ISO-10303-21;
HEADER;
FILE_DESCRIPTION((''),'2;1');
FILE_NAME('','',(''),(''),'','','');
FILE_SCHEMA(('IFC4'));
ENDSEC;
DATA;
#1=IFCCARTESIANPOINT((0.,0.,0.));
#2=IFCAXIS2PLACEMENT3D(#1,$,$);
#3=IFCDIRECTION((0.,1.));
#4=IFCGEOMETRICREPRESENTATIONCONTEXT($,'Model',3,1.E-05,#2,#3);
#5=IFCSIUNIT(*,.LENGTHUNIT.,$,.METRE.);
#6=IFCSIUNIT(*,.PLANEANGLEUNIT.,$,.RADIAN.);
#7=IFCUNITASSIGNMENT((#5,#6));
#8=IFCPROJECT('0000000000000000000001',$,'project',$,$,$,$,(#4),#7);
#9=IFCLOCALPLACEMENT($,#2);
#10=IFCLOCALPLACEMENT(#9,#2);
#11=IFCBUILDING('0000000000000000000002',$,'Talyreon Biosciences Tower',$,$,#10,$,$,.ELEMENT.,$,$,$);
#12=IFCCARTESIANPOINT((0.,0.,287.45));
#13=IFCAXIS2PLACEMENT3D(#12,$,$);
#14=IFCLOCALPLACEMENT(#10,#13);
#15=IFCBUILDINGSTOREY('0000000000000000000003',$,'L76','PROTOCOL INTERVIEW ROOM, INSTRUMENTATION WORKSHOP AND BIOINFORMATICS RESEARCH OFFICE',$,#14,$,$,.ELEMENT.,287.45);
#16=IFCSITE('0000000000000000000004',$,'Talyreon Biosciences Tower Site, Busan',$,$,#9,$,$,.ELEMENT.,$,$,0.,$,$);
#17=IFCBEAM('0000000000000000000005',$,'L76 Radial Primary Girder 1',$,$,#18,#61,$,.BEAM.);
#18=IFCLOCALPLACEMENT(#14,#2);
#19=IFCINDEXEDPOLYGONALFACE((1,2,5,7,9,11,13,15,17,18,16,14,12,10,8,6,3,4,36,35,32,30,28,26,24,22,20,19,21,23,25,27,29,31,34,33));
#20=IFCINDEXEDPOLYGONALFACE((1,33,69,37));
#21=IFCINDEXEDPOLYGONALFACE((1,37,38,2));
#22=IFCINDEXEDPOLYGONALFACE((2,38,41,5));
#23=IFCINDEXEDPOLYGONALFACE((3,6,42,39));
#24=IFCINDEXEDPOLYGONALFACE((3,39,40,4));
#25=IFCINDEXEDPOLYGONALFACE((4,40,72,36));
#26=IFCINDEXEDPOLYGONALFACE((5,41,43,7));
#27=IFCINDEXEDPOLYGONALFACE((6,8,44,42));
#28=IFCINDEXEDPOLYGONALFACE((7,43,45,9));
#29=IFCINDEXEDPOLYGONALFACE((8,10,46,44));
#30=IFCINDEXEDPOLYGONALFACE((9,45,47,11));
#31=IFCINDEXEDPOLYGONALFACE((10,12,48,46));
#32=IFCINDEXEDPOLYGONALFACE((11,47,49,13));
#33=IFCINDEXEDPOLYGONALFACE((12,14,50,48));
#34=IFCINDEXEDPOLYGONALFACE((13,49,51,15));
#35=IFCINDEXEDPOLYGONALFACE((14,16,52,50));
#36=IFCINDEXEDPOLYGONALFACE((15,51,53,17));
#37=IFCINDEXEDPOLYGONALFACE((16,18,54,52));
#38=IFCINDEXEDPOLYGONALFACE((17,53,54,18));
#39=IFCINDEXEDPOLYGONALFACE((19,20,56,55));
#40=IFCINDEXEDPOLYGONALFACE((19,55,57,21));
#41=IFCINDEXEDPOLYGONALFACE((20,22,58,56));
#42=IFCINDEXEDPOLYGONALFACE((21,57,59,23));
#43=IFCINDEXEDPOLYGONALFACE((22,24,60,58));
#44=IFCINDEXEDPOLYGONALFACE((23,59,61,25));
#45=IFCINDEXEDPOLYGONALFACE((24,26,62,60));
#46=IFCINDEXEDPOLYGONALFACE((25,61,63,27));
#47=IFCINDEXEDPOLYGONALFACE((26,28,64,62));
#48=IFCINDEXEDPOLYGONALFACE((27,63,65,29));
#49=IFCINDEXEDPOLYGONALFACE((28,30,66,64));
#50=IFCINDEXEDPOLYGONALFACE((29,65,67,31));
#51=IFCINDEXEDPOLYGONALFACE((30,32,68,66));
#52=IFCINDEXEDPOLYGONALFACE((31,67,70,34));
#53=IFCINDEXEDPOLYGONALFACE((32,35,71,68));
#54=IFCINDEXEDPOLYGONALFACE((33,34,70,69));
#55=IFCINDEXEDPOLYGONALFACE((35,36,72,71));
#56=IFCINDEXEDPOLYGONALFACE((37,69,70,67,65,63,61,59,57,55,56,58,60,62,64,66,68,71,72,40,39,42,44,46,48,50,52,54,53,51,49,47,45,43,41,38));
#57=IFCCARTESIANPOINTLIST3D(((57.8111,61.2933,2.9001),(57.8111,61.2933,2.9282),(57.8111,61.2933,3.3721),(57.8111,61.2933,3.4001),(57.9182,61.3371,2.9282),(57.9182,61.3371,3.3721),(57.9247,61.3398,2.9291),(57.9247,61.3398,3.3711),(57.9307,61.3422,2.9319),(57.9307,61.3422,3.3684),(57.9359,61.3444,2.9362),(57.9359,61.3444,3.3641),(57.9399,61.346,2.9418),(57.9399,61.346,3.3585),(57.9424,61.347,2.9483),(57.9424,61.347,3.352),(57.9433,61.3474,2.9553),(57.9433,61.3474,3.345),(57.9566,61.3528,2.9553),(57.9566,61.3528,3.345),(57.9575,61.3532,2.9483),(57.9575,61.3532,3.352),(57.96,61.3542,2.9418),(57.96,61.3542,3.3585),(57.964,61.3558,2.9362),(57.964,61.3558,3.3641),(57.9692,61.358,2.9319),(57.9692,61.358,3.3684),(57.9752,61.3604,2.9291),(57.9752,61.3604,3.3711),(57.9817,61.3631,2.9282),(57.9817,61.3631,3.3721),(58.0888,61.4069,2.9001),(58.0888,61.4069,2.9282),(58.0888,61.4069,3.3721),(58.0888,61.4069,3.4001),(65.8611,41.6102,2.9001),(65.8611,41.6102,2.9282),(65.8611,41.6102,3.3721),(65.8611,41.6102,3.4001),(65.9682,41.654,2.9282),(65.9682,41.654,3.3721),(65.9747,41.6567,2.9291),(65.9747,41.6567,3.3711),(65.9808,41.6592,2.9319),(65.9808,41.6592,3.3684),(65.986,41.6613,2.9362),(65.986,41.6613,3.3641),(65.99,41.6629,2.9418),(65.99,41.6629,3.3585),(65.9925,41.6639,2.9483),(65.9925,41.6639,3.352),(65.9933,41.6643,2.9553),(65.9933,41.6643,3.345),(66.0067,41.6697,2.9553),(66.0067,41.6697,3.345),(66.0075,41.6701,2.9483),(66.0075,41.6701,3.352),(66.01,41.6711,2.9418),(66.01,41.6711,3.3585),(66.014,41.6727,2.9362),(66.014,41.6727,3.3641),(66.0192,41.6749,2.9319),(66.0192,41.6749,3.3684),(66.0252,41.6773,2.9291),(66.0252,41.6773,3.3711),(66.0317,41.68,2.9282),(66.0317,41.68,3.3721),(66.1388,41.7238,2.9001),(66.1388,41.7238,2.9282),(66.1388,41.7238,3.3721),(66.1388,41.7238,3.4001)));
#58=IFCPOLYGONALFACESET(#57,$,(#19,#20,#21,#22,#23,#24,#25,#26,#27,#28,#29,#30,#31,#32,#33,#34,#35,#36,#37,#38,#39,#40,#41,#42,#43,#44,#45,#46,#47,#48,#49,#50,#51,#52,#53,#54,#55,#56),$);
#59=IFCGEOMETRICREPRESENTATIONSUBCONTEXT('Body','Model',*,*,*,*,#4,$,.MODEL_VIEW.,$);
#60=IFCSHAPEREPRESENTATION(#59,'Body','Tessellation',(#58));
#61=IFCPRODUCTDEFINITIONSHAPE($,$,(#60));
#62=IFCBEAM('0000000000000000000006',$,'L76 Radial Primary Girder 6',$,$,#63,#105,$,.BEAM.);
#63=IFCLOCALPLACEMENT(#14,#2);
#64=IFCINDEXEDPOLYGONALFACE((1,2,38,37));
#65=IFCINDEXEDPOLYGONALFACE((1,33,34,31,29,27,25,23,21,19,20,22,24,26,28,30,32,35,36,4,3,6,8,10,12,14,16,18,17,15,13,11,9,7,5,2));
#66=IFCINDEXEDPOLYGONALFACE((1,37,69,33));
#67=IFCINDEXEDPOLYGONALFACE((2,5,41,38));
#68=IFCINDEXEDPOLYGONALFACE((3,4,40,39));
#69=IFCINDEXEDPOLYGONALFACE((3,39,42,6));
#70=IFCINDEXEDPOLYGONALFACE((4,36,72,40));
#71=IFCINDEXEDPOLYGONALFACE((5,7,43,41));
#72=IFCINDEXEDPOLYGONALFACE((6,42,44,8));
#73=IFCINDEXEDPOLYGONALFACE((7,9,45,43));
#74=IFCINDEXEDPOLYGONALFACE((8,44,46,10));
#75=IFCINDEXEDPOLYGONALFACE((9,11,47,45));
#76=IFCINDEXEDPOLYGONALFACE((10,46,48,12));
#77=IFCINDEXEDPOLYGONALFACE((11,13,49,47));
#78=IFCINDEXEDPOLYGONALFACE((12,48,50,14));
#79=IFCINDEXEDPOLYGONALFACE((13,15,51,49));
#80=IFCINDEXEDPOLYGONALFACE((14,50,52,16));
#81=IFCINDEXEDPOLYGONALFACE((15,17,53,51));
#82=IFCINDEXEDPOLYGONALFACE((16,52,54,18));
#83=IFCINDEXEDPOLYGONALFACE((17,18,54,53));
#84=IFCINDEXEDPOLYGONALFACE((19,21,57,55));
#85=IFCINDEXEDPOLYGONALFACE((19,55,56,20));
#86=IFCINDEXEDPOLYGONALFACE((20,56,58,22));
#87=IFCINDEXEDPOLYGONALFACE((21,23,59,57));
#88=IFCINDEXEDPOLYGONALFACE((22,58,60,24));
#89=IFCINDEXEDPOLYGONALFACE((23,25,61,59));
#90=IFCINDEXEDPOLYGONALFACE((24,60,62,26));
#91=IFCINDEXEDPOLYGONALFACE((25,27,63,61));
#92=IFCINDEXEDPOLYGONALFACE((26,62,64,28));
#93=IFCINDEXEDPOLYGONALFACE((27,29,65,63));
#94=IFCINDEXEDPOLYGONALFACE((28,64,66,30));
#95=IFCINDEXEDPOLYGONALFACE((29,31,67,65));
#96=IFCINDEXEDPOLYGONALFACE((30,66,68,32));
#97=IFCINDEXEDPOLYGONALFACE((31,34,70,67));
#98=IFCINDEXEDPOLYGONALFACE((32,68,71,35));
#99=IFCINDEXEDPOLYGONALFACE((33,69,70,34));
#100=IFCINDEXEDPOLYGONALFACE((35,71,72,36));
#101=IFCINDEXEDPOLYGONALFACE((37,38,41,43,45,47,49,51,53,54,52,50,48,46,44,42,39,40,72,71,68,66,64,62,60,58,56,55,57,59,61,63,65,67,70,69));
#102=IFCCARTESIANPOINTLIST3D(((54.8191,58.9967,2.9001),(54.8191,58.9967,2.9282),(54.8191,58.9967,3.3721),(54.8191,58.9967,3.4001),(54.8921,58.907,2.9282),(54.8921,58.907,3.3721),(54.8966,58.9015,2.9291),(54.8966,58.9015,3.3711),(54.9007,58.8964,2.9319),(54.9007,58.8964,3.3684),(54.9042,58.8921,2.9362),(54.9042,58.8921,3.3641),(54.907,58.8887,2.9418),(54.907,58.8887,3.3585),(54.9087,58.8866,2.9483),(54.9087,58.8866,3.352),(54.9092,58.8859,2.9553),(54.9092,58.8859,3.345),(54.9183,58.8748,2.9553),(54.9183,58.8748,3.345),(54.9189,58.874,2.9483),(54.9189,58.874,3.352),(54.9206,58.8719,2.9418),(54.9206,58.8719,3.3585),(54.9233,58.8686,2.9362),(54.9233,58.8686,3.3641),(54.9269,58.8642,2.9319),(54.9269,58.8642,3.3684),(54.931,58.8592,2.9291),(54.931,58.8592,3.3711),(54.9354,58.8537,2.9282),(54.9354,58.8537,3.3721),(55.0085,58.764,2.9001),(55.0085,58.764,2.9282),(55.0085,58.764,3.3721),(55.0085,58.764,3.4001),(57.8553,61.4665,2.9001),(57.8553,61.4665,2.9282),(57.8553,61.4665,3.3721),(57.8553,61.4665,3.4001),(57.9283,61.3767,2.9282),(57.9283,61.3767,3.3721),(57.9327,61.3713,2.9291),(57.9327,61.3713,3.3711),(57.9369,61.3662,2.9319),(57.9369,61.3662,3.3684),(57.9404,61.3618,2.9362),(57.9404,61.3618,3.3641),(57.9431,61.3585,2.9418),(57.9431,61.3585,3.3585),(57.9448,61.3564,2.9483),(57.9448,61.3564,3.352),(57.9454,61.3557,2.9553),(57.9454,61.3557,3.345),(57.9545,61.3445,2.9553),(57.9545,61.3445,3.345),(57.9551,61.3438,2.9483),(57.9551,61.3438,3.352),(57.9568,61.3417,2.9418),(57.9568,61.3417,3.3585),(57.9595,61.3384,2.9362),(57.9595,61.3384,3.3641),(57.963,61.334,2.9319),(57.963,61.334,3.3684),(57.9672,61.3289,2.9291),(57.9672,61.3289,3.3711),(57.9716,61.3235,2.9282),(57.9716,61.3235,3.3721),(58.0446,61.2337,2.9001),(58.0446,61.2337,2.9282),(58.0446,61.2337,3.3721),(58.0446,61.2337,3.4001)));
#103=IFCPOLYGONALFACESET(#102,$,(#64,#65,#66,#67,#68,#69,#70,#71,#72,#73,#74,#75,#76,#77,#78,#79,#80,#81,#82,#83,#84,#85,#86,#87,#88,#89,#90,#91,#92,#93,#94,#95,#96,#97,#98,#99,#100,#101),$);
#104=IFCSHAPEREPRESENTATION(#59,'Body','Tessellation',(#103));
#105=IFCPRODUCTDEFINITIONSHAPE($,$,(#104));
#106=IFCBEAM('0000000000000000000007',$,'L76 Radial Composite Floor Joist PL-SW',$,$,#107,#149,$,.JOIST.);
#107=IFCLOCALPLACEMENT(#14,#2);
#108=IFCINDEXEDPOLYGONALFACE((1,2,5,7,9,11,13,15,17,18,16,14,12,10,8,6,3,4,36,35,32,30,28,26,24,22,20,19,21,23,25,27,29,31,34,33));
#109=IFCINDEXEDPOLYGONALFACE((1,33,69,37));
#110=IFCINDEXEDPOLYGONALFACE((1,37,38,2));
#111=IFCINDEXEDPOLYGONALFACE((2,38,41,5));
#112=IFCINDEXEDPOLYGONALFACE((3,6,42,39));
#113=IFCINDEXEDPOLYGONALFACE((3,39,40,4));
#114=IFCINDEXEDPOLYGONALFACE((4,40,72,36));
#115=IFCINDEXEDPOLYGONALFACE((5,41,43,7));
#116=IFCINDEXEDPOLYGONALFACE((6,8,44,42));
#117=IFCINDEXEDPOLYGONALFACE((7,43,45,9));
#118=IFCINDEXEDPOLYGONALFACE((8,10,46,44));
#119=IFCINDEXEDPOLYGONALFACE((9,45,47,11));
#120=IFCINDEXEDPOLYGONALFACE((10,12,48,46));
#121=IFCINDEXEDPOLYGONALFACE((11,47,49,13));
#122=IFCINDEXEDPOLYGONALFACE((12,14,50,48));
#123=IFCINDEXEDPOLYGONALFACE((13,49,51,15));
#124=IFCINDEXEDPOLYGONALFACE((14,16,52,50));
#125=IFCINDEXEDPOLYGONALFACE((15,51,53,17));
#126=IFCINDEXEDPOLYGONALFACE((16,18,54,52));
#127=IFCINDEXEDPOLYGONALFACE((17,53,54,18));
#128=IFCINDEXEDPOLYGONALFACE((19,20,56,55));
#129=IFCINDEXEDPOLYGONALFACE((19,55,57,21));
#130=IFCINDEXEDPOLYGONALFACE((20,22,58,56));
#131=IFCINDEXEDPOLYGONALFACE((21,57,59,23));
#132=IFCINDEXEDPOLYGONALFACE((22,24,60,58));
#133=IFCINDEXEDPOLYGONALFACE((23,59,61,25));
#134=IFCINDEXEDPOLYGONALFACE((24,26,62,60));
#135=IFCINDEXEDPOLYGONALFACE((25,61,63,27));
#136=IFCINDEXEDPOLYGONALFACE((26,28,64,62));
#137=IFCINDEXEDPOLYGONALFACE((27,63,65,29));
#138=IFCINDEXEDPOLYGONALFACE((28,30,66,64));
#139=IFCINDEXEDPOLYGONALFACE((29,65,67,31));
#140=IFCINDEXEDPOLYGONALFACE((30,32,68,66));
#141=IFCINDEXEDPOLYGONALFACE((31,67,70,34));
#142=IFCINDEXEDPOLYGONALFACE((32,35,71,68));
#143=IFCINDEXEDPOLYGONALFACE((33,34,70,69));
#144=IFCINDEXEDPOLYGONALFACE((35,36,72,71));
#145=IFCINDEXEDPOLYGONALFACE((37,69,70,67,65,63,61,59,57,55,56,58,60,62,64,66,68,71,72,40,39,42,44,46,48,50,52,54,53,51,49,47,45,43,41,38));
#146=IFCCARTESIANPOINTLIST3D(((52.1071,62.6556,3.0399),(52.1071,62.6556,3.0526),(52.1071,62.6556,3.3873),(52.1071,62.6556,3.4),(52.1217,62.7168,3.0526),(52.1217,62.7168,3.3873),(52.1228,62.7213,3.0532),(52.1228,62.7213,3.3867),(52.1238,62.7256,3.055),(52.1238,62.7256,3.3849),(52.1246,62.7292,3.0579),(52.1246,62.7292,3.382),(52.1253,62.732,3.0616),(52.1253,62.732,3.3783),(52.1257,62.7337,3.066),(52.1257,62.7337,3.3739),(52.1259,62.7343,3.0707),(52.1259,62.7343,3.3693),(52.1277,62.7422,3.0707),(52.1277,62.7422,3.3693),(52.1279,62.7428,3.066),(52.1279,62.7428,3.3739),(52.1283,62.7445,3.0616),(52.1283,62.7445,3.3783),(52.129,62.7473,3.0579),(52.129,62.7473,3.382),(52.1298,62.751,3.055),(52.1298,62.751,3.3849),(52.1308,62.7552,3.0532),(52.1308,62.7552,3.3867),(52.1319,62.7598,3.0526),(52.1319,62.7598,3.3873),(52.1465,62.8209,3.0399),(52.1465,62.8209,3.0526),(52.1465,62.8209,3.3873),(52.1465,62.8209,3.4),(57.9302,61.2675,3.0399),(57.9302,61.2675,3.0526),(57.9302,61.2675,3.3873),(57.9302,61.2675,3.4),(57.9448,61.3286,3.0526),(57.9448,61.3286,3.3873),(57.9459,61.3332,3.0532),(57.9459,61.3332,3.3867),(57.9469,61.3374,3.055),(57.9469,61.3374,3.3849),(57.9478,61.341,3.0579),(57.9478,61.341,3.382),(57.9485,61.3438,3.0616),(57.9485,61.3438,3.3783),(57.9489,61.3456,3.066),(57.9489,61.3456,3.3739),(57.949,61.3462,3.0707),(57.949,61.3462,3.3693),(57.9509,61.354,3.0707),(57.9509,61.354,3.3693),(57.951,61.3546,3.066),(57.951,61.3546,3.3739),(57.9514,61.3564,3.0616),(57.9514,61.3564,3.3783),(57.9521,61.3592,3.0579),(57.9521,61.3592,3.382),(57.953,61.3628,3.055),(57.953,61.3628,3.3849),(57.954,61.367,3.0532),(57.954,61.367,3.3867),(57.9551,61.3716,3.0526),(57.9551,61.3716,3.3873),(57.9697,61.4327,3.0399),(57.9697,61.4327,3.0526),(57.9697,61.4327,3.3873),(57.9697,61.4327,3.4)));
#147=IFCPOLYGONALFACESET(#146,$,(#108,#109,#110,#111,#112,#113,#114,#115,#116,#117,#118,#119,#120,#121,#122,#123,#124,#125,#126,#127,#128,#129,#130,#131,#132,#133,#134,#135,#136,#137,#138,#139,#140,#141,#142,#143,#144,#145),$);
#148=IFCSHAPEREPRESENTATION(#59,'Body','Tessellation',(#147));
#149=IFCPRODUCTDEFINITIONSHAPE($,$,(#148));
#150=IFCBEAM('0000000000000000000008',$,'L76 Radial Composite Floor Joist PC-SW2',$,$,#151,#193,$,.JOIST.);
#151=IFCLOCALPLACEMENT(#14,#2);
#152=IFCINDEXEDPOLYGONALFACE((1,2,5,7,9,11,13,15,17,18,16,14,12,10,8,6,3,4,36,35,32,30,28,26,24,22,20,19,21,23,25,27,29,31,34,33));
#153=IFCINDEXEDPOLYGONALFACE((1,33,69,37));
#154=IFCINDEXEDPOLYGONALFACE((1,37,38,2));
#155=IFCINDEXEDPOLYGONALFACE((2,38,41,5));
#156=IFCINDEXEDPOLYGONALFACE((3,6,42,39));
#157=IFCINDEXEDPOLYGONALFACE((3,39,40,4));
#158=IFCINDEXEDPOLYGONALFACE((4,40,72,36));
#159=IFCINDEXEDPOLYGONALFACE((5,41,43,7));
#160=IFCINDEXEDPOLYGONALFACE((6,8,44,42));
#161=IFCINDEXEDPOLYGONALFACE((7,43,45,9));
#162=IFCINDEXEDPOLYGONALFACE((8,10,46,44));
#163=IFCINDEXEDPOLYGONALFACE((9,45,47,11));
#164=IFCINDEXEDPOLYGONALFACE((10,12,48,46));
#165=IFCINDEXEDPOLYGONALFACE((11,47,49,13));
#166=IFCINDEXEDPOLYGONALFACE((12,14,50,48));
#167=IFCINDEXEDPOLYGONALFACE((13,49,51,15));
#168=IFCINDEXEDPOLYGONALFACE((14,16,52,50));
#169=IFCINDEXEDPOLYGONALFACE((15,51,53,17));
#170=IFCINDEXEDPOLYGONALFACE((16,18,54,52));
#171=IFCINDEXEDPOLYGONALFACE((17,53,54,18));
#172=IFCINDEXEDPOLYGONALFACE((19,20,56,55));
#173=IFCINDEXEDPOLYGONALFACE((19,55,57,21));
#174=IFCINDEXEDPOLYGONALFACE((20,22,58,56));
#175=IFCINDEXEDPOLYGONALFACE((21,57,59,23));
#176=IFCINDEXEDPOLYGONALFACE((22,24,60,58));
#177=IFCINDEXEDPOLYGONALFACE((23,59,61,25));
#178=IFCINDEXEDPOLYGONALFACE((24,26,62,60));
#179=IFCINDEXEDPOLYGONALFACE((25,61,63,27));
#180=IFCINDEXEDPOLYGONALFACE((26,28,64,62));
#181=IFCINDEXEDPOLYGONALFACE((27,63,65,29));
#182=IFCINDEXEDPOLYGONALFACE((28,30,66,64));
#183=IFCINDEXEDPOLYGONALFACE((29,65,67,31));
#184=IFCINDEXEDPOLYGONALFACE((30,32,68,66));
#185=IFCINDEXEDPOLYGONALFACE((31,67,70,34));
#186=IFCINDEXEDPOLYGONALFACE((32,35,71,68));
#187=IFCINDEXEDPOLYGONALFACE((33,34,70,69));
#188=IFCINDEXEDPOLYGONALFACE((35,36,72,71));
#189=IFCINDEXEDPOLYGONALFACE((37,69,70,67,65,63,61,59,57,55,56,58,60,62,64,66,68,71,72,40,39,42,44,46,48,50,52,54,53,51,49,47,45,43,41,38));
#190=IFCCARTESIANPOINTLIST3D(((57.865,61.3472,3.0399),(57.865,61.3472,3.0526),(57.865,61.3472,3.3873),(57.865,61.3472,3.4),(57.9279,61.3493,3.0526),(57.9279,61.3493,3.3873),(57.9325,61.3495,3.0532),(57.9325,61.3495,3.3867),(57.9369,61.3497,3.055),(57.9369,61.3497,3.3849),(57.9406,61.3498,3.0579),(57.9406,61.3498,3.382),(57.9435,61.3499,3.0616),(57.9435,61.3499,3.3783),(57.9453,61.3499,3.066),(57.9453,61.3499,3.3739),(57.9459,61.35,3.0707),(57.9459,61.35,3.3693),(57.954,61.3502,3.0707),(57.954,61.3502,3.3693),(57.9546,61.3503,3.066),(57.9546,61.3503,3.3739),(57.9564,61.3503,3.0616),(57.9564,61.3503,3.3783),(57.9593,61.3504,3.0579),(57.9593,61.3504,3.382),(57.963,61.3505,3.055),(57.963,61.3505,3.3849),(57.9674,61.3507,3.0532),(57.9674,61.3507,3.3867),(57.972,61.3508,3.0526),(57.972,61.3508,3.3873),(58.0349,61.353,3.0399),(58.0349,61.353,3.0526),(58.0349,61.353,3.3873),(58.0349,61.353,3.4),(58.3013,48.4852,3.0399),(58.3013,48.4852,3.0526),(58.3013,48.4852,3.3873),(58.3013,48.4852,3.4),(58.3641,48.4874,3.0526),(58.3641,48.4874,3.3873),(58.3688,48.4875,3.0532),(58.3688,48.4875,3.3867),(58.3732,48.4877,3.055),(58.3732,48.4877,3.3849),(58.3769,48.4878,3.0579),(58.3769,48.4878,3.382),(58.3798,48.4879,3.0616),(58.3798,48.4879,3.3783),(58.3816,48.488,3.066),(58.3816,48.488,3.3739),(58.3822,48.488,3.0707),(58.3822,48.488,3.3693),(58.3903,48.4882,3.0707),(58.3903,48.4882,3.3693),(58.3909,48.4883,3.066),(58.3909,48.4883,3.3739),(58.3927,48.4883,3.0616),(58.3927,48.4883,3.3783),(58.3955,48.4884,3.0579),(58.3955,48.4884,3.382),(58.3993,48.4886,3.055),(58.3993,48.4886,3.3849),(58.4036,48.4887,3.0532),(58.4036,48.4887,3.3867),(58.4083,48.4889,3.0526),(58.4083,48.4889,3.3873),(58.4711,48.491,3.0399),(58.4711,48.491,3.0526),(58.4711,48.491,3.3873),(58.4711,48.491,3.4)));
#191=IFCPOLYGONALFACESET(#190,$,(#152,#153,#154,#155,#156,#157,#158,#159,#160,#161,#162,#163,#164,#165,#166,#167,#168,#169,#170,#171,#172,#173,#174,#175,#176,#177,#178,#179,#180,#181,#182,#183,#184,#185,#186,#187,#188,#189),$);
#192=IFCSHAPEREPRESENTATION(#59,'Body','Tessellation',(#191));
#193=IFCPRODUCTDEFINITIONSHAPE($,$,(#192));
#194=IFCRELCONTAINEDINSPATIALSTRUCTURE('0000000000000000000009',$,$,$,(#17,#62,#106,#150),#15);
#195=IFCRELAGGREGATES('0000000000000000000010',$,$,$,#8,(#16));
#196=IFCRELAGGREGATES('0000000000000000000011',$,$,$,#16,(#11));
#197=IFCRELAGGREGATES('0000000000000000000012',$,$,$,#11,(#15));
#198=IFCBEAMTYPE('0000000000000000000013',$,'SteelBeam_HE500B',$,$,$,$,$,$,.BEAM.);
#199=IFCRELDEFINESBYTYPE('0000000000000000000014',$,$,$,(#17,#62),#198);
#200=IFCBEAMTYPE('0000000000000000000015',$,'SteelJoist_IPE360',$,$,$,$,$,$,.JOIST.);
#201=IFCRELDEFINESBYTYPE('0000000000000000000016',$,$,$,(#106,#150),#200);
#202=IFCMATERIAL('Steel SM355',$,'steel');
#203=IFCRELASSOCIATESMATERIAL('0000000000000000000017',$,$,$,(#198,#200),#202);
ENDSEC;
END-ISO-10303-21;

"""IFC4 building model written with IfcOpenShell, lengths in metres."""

from ifc_helpers import new_model, si_unit, direction, frame, origin, origin_2d, place, context, subcontext, project, spatial, i_section, extrude, material, material_profile, profile_set, type_object, element, save


model = new_model("IFC4")

# Units and contexts
model_context = context("Model", 3, precision=1e-05, world=origin(), true_north=direction((0.0, 1.0)))
body_context = subcontext(model_context, "Body", "Model", "MODEL_VIEW")
ifc_project = project(units=[si_unit("LENGTHUNIT", "METRE"), si_unit("PLANEANGLEUNIT", "RADIAN")], contexts=[model_context])

# Site, building, storey
site_placement = place(None, origin())
site = spatial("IfcSite", under=ifc_project, at=site_placement, Name="Talyreon Biosciences Tower Site, Busan", CompositionType="ELEMENT", RefElevation=0.0)
building_placement = place(site_placement, origin())
building = spatial("IfcBuilding", under=site, at=building_placement, Name="Talyreon Biosciences Tower", CompositionType="ELEMENT")
storey_placement = place(building_placement, frame((0.0, 0.0, 287.45)))
storey = spatial("IfcBuildingStorey", under=building, at=storey_placement, Name="L76", Description="PROTOCOL INTERVIEW ROOM, INSTRUMENTATION WORKSHOP AND BIOINFORMATICS RESEARCH OFFICE", CompositionType="ELEMENT", Elevation=287.45)

# Beams
ifc_material_1 = material(Name="Steel SM355", Category="steel")
ifc_material_profile_1 = material_profile(ifc_material_1, i_section(OverallWidth=0.3, OverallDepth=0.5, WebThickness=0.0144, FlangeThickness=0.0281, FilletRadius=0.0271, at=origin_2d()), Name="HE500B")
ifc_profile_set_1 = profile_set([ifc_material_profile_1], Name="Steel SM355")
beam_type_1 = type_object("IfcBeamType", Name="SteelBeam_HE500B", PredefinedType="BEAM", material=ifc_profile_set_1)
beam_1_placement = place(storey_placement, frame((57.95, 61.3501, 3.1501), z_axis=(0.378547, -0.925582, 0.0), x_axis=(0.925582, 0.378547, 0.0)))
element("IfcBeam", 1, at=beam_1_placement, inside=storey, type_object=beam_type_1, Name="L76 Radial Primary Girder 1", PredefinedType="BEAM", context=body_context, shape_type="SweptSolid", body=[
    extrude(i_section(OverallWidth=0.3, OverallDepth=0.5, WebThickness=0.0144, FlangeThickness=0.0281, FilletRadius=0.0271, at=origin_2d()), origin(), (0.0, 0.0, 1.0), 21.2656),
])
beam_2_placement = place(storey_placement, frame((57.95, 61.3501, 3.1501), z_axis=(-0.775755, -0.631034, 0.0), x_axis=(0.631034, -0.775755, 0.0)))
element("IfcBeam", 2, at=beam_2_placement, inside=storey, type_object=beam_type_1, Name="L76 Radial Primary Girder 6", PredefinedType="BEAM", context=body_context, shape_type="SweptSolid", body=[
    extrude(i_section(OverallWidth=0.3, OverallDepth=0.5, WebThickness=0.0144, FlangeThickness=0.0281, FilletRadius=0.0271, at=origin_2d()), origin(), (0.0, 0.0, 1.0), 3.9138),
])
ifc_material_profile_2 = material_profile(ifc_material_1, i_section(OverallWidth=0.1699, OverallDepth=0.3601, WebThickness=0.0081, FlangeThickness=0.0127, FilletRadius=0.0181, at=origin_2d()), Name="IPE360")
ifc_profile_set_2 = profile_set([ifc_material_profile_2], Name="Steel SM355")
beam_type_2 = type_object("IfcBeamType", Name="SteelJoist_IPE360", PredefinedType="JOIST", material=ifc_profile_set_2)
beam_3_placement = place(storey_placement, frame((57.95, 61.3501, 3.22), z_axis=(-0.972742, 0.231889, 0.0), x_axis=(-0.231889, -0.972742, 0.0)))
element("IfcBeam", 3, at=beam_3_placement, inside=storey, type_object=beam_type_2, Name="L76 Radial Composite Floor Joist PL-SW", PredefinedType="JOIST", context=body_context, shape_type="SweptSolid", body=[
    extrude(i_section(OverallWidth=0.1699, OverallDepth=0.3601, WebThickness=0.0081, FlangeThickness=0.0127, FilletRadius=0.0181, at=origin_2d()), origin(), (0.0, 0.0, 1.0), 5.9863),
])
beam_4_placement = place(storey_placement, frame((57.95, 61.3501, 3.22), z_axis=(0.0339, -0.999425, 0.0), x_axis=(0.999425, 0.0339, 0.0)))
element("IfcBeam", 4, at=beam_4_placement, inside=storey, type_object=beam_type_2, Name="L76 Radial Composite Floor Joist PC-SW2", PredefinedType="JOIST", context=body_context, shape_type="SweptSolid", body=[
    extrude(i_section(OverallWidth=0.1699, OverallDepth=0.3601, WebThickness=0.0081, FlangeThickness=0.0127, FilletRadius=0.0181, at=origin_2d()), origin(), (0.0, 0.0, 1.0), 12.8694),
])

save(model, "model.ifc")
